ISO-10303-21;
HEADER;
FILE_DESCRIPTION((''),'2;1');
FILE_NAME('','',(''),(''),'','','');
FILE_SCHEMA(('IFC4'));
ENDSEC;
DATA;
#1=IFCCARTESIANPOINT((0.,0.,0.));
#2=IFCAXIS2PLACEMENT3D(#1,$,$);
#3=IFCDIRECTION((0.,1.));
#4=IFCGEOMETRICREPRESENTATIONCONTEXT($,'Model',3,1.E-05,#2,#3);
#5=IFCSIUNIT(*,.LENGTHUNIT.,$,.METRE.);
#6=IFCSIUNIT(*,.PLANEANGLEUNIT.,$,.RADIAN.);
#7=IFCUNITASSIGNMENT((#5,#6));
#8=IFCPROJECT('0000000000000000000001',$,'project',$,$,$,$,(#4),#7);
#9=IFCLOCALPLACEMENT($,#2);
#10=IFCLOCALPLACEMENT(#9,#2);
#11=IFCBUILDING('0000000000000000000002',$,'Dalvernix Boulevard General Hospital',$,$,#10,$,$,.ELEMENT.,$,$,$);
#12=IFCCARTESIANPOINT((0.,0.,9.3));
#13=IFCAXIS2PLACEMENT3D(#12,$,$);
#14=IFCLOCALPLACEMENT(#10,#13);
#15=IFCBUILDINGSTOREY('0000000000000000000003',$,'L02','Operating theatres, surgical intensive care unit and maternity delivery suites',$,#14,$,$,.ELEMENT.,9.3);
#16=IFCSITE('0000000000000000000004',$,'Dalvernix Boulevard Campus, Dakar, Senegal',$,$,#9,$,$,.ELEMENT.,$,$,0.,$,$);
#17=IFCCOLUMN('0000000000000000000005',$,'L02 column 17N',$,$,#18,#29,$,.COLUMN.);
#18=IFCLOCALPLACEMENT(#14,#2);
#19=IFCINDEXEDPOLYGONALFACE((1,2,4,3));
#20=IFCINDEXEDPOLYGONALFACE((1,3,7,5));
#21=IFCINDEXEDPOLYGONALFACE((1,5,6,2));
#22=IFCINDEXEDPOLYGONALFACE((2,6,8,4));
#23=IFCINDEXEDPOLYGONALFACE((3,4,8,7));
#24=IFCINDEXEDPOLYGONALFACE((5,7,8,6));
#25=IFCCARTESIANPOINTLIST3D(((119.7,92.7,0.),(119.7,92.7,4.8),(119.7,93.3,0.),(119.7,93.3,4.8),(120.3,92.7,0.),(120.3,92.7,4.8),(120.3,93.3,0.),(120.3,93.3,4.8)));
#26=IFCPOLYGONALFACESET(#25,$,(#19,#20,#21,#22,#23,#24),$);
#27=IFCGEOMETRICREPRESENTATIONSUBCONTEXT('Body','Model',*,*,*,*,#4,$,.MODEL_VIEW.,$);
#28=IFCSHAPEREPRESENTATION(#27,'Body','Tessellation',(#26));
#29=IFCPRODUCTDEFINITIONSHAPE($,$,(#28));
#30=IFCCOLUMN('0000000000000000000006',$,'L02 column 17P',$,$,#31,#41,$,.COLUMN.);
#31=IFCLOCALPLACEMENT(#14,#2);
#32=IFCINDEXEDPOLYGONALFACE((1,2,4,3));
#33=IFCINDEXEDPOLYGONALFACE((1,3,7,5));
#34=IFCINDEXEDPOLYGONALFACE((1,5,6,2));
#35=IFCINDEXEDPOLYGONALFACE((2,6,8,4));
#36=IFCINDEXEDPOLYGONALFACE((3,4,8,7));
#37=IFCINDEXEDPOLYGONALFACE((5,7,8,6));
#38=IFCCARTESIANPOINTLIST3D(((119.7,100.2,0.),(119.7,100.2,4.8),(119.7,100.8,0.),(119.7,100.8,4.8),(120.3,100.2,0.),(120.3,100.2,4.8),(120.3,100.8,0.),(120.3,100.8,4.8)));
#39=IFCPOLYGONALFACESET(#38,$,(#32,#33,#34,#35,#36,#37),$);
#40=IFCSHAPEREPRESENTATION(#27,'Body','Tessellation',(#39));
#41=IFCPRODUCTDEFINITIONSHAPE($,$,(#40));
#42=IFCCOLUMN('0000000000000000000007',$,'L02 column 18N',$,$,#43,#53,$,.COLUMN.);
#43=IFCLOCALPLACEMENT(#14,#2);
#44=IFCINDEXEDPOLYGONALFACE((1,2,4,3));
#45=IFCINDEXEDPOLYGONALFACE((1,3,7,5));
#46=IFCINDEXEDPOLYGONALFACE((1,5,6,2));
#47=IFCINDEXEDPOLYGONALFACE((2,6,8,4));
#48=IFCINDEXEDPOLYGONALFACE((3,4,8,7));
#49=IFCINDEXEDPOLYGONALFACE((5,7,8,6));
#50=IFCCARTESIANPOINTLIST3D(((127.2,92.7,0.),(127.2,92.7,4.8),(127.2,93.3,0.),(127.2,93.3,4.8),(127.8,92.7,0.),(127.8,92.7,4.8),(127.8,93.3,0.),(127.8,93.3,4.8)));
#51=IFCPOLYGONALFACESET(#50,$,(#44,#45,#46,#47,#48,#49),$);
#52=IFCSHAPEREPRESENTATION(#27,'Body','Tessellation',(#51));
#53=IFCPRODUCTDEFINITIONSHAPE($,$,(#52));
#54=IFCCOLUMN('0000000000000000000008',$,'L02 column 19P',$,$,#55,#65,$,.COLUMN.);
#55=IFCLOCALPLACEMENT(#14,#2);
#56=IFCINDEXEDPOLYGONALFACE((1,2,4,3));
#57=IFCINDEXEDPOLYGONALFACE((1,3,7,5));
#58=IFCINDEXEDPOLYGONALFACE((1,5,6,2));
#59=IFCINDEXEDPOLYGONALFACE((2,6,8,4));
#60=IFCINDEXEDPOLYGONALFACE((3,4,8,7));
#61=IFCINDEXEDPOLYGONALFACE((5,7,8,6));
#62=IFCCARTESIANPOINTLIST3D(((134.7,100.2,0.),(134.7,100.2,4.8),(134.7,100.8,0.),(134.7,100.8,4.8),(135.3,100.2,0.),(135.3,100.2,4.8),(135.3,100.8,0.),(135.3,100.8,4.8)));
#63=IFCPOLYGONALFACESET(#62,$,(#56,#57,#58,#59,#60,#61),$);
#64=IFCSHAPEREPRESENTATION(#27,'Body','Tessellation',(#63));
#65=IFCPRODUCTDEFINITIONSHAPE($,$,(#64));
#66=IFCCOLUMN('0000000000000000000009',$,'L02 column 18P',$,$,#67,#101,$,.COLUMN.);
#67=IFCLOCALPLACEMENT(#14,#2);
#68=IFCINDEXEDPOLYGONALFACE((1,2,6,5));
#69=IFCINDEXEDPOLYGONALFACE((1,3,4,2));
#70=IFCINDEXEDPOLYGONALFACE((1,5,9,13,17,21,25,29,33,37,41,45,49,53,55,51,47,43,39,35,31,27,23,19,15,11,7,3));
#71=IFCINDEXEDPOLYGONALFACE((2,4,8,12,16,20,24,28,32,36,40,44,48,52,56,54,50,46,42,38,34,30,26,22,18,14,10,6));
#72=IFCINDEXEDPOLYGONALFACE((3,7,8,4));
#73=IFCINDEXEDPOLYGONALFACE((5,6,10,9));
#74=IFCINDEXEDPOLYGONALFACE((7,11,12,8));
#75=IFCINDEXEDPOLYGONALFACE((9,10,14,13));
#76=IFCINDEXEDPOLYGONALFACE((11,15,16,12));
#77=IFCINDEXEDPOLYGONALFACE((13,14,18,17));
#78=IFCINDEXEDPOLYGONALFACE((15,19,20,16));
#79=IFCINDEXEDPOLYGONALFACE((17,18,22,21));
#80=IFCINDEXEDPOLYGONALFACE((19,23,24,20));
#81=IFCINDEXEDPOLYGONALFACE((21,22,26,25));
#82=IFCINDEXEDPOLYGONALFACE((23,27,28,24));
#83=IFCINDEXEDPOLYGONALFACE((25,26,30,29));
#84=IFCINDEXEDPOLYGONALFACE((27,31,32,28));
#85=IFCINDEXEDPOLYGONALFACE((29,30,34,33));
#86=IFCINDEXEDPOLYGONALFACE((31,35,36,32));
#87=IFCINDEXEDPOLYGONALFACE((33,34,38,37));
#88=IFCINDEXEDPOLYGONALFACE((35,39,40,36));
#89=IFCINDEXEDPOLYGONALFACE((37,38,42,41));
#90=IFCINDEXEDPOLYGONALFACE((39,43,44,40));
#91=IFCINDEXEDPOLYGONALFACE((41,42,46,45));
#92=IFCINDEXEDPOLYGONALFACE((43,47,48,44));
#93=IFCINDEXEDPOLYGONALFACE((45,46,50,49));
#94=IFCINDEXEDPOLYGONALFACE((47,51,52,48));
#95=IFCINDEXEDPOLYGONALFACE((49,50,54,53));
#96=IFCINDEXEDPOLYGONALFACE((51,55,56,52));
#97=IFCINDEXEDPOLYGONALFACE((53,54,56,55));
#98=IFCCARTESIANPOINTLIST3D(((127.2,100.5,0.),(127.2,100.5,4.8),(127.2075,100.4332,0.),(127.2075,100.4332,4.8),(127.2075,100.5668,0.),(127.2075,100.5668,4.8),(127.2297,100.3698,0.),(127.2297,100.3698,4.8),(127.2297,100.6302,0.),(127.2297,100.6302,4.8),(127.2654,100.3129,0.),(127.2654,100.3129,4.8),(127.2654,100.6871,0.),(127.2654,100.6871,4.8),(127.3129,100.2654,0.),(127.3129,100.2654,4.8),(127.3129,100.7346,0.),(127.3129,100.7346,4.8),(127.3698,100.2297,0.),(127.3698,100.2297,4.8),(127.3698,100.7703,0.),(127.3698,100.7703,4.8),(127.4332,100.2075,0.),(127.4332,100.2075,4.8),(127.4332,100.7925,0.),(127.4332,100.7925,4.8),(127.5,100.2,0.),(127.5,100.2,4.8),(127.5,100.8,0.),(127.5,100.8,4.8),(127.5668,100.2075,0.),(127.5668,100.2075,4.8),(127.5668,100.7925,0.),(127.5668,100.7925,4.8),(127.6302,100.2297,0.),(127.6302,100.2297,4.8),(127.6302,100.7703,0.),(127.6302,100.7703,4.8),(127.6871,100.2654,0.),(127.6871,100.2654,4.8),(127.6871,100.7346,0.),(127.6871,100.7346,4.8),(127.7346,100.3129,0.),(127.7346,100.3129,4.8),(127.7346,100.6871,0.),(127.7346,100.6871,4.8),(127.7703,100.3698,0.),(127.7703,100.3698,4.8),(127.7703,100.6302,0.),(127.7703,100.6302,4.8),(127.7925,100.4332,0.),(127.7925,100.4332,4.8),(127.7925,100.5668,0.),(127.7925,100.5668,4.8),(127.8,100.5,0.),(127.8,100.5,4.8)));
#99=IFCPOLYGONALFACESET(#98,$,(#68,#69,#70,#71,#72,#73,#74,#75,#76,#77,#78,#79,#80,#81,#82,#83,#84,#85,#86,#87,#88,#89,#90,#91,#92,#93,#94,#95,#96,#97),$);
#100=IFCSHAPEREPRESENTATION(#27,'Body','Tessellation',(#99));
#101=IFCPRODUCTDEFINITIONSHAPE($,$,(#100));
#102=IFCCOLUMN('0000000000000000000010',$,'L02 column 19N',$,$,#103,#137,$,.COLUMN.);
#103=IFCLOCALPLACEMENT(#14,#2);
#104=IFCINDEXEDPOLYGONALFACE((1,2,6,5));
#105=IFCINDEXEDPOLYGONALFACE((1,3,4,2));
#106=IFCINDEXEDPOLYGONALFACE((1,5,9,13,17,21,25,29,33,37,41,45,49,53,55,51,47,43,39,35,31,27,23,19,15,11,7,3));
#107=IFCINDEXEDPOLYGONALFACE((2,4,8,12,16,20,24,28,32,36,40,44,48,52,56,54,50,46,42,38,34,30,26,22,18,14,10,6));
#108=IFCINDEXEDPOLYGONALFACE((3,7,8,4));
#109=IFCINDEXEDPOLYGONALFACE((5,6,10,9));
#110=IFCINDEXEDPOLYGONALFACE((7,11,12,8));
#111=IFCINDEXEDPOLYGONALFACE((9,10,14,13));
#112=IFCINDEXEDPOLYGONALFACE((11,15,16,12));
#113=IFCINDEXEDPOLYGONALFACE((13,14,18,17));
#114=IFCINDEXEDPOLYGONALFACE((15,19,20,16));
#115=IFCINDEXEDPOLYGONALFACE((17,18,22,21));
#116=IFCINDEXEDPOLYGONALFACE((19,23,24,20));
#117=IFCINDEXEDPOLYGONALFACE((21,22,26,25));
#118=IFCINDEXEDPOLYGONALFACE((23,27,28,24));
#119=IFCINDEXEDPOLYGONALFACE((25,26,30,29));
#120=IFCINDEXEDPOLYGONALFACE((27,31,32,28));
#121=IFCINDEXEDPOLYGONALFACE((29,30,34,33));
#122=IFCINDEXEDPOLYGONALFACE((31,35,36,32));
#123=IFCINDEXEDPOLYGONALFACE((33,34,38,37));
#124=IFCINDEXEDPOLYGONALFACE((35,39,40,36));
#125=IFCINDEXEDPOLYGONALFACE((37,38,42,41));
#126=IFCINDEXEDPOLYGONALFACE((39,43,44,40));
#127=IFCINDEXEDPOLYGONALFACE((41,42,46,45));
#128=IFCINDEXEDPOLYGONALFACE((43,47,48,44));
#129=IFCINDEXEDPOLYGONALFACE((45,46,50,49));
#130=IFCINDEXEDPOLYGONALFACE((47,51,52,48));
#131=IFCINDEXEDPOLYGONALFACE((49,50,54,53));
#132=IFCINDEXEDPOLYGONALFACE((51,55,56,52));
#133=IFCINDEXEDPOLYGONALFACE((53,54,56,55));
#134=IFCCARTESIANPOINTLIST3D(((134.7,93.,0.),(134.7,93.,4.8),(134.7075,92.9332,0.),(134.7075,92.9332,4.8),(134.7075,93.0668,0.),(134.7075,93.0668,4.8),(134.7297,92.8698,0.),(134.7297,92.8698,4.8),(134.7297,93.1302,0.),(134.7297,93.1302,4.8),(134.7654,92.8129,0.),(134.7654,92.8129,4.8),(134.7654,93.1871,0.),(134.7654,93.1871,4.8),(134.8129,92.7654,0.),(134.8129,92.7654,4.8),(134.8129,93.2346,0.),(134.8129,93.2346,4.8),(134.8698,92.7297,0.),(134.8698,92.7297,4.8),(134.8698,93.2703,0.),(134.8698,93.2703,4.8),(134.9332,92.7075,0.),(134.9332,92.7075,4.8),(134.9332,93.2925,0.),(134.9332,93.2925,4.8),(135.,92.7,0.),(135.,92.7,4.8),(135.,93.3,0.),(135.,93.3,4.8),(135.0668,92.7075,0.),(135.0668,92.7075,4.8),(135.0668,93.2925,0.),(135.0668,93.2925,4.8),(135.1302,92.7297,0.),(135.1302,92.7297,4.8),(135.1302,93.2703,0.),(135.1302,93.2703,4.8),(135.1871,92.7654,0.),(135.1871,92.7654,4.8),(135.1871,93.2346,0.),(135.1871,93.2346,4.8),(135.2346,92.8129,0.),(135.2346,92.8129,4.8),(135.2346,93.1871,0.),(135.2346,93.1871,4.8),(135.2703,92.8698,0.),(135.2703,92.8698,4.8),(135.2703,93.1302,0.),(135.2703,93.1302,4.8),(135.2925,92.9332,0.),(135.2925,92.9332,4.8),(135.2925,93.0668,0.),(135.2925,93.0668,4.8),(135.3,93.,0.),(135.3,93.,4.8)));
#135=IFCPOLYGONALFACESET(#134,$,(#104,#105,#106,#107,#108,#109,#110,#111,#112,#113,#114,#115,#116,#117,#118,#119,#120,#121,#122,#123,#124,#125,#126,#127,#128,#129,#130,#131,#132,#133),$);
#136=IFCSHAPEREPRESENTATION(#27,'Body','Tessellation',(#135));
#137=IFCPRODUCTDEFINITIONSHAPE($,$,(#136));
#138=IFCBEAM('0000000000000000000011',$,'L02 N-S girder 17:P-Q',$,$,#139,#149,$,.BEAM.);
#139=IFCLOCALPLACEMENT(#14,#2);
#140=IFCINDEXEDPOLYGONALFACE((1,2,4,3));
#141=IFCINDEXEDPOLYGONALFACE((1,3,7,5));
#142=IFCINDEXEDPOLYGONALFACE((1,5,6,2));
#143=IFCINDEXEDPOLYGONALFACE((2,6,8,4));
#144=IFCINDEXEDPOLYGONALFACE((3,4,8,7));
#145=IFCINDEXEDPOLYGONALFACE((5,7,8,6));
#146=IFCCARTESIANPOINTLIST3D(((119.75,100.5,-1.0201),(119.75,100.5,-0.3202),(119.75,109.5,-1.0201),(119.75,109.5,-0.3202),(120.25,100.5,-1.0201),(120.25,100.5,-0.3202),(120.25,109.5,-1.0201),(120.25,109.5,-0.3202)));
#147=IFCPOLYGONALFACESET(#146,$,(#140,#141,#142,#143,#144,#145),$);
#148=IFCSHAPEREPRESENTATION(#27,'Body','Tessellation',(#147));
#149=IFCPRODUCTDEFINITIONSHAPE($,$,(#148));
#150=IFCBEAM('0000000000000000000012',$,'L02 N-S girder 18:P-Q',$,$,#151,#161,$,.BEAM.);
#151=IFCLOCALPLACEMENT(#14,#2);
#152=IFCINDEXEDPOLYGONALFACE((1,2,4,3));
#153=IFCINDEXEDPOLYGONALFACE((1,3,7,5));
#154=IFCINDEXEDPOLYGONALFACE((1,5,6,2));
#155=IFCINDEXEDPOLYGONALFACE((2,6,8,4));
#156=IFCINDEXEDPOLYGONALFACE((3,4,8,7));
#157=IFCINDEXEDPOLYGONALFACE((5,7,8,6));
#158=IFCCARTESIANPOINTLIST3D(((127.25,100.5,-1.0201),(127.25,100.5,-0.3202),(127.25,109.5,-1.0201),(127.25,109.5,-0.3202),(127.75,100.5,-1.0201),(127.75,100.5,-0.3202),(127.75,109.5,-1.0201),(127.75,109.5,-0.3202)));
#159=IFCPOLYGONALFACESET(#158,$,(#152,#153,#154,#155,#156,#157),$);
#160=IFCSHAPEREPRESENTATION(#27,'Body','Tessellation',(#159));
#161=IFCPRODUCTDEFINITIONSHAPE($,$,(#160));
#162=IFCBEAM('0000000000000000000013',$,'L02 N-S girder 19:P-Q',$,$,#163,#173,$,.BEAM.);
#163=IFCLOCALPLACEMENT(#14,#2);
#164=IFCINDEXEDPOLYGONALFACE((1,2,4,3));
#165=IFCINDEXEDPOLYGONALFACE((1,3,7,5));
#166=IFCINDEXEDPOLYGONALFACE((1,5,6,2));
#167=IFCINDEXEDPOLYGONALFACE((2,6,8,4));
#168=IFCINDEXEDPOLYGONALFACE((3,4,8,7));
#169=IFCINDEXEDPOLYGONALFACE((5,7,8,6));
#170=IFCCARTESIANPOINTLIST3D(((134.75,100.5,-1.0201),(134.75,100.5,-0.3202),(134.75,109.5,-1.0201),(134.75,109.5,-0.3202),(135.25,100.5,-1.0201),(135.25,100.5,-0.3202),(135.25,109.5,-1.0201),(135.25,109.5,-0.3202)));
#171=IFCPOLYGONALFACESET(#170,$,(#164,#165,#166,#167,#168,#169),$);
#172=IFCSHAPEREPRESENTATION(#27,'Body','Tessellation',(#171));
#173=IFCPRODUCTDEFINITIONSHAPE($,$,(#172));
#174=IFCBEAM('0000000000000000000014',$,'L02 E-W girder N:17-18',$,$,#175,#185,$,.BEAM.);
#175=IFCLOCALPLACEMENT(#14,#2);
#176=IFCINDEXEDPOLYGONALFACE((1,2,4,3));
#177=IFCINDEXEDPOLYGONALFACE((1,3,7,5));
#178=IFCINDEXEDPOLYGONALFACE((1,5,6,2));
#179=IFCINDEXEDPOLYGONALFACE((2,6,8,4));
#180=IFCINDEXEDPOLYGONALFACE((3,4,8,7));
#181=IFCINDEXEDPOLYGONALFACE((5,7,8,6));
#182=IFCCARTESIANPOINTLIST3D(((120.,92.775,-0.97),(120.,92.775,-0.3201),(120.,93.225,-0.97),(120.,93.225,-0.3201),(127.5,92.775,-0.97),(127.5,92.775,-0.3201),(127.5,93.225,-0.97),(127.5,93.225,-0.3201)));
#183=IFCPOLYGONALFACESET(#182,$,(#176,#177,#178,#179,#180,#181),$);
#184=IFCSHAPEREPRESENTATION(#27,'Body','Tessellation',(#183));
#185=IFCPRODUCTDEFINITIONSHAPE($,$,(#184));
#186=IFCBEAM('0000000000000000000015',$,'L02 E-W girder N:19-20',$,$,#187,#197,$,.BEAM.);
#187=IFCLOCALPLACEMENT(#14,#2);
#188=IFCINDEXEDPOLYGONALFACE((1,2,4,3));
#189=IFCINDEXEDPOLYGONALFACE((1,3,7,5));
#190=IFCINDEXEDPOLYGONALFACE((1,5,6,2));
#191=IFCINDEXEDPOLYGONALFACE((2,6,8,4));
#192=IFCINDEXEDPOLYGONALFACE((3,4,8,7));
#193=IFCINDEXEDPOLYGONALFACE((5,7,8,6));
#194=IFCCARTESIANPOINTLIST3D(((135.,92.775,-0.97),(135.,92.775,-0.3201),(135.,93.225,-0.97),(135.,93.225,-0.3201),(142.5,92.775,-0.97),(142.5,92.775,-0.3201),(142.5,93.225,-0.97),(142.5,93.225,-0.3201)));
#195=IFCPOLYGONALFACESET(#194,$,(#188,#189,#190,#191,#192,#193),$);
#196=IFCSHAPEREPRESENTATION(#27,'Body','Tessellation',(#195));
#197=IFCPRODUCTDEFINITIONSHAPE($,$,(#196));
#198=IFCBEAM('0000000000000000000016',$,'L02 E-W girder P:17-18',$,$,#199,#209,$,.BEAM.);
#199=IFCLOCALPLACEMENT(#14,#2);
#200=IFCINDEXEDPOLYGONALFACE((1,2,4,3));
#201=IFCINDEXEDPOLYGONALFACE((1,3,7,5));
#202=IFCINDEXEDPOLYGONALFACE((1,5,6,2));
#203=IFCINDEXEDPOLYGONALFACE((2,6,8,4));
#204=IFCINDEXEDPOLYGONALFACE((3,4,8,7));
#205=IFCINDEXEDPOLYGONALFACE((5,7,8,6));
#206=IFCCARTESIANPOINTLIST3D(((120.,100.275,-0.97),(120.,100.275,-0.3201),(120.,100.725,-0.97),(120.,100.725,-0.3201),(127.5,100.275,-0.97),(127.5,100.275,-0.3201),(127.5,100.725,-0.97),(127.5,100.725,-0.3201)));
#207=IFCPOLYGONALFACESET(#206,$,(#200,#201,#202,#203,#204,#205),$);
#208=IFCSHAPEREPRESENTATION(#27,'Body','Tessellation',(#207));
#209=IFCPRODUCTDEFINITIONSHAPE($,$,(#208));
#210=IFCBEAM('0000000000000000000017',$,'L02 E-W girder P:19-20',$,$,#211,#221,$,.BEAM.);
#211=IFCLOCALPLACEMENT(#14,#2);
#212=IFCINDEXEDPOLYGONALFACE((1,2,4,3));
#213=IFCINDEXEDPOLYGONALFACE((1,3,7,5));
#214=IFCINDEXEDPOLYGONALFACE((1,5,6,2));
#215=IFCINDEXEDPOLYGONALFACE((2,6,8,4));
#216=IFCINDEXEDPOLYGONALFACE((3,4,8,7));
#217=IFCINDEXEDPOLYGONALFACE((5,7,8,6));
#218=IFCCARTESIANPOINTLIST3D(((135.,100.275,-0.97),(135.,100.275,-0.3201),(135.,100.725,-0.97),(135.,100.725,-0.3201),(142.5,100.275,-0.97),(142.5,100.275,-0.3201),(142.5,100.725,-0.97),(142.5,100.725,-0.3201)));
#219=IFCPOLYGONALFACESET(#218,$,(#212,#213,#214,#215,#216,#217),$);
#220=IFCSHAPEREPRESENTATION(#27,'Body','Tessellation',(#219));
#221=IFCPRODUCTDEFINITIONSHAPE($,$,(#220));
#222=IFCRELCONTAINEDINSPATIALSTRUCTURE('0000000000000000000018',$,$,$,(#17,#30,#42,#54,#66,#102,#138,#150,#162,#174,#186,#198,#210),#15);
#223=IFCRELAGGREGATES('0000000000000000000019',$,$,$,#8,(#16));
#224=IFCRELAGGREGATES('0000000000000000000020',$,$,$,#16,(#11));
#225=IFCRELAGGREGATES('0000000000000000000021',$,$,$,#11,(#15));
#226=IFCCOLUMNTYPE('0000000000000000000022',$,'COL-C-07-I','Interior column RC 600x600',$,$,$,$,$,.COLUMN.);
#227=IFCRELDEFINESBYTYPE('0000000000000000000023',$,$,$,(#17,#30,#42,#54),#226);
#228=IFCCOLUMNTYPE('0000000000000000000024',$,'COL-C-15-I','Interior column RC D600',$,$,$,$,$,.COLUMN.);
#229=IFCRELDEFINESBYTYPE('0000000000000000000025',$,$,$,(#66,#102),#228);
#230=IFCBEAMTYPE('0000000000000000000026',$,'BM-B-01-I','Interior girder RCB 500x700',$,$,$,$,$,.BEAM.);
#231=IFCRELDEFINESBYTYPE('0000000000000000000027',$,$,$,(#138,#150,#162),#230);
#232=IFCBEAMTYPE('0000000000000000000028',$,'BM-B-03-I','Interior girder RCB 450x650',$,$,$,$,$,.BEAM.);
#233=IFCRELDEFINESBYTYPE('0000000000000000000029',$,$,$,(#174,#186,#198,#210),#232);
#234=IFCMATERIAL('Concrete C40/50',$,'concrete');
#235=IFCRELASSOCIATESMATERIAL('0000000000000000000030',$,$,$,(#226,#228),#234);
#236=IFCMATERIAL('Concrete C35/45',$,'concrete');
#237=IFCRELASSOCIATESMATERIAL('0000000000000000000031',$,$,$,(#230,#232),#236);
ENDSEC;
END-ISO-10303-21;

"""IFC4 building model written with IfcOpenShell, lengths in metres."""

from ifc_helpers import new_model, si_unit, direction, frame, origin, origin_2d, place, context, subcontext, project, spatial, rectangle, circle, extrude, material, material_profile, profile_set, type_object, element, save


model = new_model("IFC4")

# Units and contexts
model_context = context("Model", 3, precision=1e-05, world=origin(), true_north=direction((0.0, 1.0)))
body_context = subcontext(model_context, "Body", "Model", "MODEL_VIEW")
ifc_project = project(units=[si_unit("LENGTHUNIT", "METRE"), si_unit("PLANEANGLEUNIT", "RADIAN")], contexts=[model_context])

# Site, building, storey
site_placement = place(None, origin())
site = spatial("IfcSite", under=ifc_project, at=site_placement, Name="Dalvernix Boulevard Campus, Dakar, Senegal", CompositionType="ELEMENT", RefElevation=0.0)
building_placement = place(site_placement, origin())
building = spatial("IfcBuilding", under=site, at=building_placement, Name="Dalvernix Boulevard General Hospital", CompositionType="ELEMENT")
storey_placement = place(building_placement, frame((0.0, 0.0, 9.3)))
storey = spatial("IfcBuildingStorey", under=building, at=storey_placement, Name="L02", Description="Operating theatres, surgical intensive care unit and maternity delivery suites", CompositionType="ELEMENT", Elevation=9.3)

# Columns
ifc_material_1 = material(Name="Concrete C40/50", Category="concrete")
ifc_material_profile_1 = material_profile(ifc_material_1, rectangle(XDim=0.6001, YDim=0.6001, at=origin_2d()), Name="RC 600x600")
ifc_profile_set_1 = profile_set([ifc_material_profile_1], Name="Concrete C40/50")
column_type_1 = type_object("IfcColumnType", Name="COL-C-07-I", Description="Interior column RC 600x600", PredefinedType="COLUMN", material=ifc_profile_set_1)
for number, where, z_axis, x_axis, name in (
    (1, (120.0, 93.0, 0.0), (0.0, 0.0, 1.0), (1.0, 0.0, 0.0), "L02 column 17N"),
    (2, (120.0, 100.5, 0.0), (0.0, 0.0, 1.0), (1.0, 0.0, 0.0), "L02 column 17P"),
    (3, (127.5, 93.0, 0.0), (0.0, 0.0, 1.0), (1.0, 0.0, 0.0), "L02 column 18N"),
    (4, (135.0, 100.5, 0.0), (0.0, 0.0, 1.0), (1.0, 0.0, 0.0), "L02 column 19P"),
):
    element("IfcColumn", number, at=place(storey_placement, frame(where, z_axis=z_axis, x_axis=x_axis)), inside=storey, type_object=column_type_1, Name=name, PredefinedType="COLUMN", context=body_context, shape_type="SweptSolid", body=[
        extrude(rectangle(XDim=0.6001, YDim=0.6001, at=origin_2d()), origin(), (0.0, 0.0, 1.0), 4.8),
    ])
ifc_material_profile_2 = material_profile(ifc_material_1, circle(Radius=0.3, at=origin_2d()), Name="RC D600")
ifc_profile_set_2 = profile_set([ifc_material_profile_2], Name="Concrete C40/50")
column_type_2 = type_object("IfcColumnType", Name="COL-C-15-I", Description="Interior column RC D600", PredefinedType="COLUMN", material=ifc_profile_set_2)
for number, where, z_axis, x_axis, name in (
    (5, (127.5, 100.5, 0.0), (0.0, 0.0, 1.0), (1.0, 0.0, 0.0), "L02 column 18P"),
    (6, (135.0, 93.0, 0.0), (0.0, 0.0, 1.0), (1.0, 0.0, 0.0), "L02 column 19N"),
):
    element("IfcColumn", number, at=place(storey_placement, frame(where, z_axis=z_axis, x_axis=x_axis)), inside=storey, type_object=column_type_2, Name=name, PredefinedType="COLUMN", context=body_context, shape_type="SweptSolid", body=[
        extrude(circle(Radius=0.3, at=origin_2d()), origin(), (0.0, 0.0, 1.0), 4.8),
    ])

# Beams
ifc_material_2 = material(Name="Concrete C35/45", Category="concrete")
ifc_material_profile_3 = material_profile(ifc_material_2, rectangle(XDim=0.5, YDim=0.7, at=origin_2d()), Name="RCB 500x700")
ifc_profile_set_3 = profile_set([ifc_material_profile_3], Name="Concrete C35/45")
beam_type_1 = type_object("IfcBeamType", Name="BM-B-01-I", Description="Interior girder RCB 500x700", PredefinedType="BEAM", material=ifc_profile_set_3)
for number, where, z_axis, x_axis, name in (
    (7, (120.0, 100.5, -0.6702), (0.0, 1.0, 0.0), (-1.0, 0.0, 0.0), "L02 N-S girder 17:P-Q"),
    (8, (127.5, 100.5, -0.6702), (0.0, 1.0, 0.0), (-1.0, 0.0, 0.0), "L02 N-S girder 18:P-Q"),
    (9, (135.0, 100.5, -0.6702), (0.0, 1.0, 0.0), (-1.0, 0.0, 0.0), "L02 N-S girder 19:P-Q"),
):
    element("IfcBeam", number, at=place(storey_placement, frame(where, z_axis=z_axis, x_axis=x_axis)), inside=storey, type_object=beam_type_1, Name=name, PredefinedType="BEAM", context=body_context, shape_type="SweptSolid", body=[
        extrude(rectangle(XDim=0.5, YDim=0.7, at=origin_2d()), origin(), (0.0, 0.0, 1.0), 9.0),
    ])
ifc_material_profile_4 = material_profile(ifc_material_2, rectangle(XDim=0.45, YDim=0.6499, at=origin_2d()), Name="RCB 450x650")
ifc_profile_set_4 = profile_set([ifc_material_profile_4], Name="Concrete C35/45")
beam_type_2 = type_object("IfcBeamType", Name="BM-B-03-I", Description="Interior girder RCB 450x650", PredefinedType="BEAM", material=ifc_profile_set_4)
for number, where, z_axis, x_axis, name in (
    (10, (120.0, 93.0, -0.645), (1.0, 0.0, 0.0), (0.0, 1.0, 0.0), "L02 E-W girder N:17-18"),
    (11, (135.0, 93.0, -0.645), (1.0, 0.0, 0.0), (0.0, 1.0, 0.0), "L02 E-W girder N:19-20"),
    (12, (120.0, 100.5, -0.645), (1.0, 0.0, 0.0), (0.0, 1.0, 0.0), "L02 E-W girder P:17-18"),
    (13, (135.0, 100.5, -0.645), (1.0, 0.0, 0.0), (0.0, 1.0, 0.0), "L02 E-W girder P:19-20"),
):
    element("IfcBeam", number, at=place(storey_placement, frame(where, z_axis=z_axis, x_axis=x_axis)), inside=storey, type_object=beam_type_2, Name=name, PredefinedType="BEAM", context=body_context, shape_type="SweptSolid", body=[
        extrude(rectangle(XDim=0.45, YDim=0.6499, at=origin_2d()), origin(), (0.0, 0.0, 1.0), 7.5),
    ])

save(model, "model.ifc")
